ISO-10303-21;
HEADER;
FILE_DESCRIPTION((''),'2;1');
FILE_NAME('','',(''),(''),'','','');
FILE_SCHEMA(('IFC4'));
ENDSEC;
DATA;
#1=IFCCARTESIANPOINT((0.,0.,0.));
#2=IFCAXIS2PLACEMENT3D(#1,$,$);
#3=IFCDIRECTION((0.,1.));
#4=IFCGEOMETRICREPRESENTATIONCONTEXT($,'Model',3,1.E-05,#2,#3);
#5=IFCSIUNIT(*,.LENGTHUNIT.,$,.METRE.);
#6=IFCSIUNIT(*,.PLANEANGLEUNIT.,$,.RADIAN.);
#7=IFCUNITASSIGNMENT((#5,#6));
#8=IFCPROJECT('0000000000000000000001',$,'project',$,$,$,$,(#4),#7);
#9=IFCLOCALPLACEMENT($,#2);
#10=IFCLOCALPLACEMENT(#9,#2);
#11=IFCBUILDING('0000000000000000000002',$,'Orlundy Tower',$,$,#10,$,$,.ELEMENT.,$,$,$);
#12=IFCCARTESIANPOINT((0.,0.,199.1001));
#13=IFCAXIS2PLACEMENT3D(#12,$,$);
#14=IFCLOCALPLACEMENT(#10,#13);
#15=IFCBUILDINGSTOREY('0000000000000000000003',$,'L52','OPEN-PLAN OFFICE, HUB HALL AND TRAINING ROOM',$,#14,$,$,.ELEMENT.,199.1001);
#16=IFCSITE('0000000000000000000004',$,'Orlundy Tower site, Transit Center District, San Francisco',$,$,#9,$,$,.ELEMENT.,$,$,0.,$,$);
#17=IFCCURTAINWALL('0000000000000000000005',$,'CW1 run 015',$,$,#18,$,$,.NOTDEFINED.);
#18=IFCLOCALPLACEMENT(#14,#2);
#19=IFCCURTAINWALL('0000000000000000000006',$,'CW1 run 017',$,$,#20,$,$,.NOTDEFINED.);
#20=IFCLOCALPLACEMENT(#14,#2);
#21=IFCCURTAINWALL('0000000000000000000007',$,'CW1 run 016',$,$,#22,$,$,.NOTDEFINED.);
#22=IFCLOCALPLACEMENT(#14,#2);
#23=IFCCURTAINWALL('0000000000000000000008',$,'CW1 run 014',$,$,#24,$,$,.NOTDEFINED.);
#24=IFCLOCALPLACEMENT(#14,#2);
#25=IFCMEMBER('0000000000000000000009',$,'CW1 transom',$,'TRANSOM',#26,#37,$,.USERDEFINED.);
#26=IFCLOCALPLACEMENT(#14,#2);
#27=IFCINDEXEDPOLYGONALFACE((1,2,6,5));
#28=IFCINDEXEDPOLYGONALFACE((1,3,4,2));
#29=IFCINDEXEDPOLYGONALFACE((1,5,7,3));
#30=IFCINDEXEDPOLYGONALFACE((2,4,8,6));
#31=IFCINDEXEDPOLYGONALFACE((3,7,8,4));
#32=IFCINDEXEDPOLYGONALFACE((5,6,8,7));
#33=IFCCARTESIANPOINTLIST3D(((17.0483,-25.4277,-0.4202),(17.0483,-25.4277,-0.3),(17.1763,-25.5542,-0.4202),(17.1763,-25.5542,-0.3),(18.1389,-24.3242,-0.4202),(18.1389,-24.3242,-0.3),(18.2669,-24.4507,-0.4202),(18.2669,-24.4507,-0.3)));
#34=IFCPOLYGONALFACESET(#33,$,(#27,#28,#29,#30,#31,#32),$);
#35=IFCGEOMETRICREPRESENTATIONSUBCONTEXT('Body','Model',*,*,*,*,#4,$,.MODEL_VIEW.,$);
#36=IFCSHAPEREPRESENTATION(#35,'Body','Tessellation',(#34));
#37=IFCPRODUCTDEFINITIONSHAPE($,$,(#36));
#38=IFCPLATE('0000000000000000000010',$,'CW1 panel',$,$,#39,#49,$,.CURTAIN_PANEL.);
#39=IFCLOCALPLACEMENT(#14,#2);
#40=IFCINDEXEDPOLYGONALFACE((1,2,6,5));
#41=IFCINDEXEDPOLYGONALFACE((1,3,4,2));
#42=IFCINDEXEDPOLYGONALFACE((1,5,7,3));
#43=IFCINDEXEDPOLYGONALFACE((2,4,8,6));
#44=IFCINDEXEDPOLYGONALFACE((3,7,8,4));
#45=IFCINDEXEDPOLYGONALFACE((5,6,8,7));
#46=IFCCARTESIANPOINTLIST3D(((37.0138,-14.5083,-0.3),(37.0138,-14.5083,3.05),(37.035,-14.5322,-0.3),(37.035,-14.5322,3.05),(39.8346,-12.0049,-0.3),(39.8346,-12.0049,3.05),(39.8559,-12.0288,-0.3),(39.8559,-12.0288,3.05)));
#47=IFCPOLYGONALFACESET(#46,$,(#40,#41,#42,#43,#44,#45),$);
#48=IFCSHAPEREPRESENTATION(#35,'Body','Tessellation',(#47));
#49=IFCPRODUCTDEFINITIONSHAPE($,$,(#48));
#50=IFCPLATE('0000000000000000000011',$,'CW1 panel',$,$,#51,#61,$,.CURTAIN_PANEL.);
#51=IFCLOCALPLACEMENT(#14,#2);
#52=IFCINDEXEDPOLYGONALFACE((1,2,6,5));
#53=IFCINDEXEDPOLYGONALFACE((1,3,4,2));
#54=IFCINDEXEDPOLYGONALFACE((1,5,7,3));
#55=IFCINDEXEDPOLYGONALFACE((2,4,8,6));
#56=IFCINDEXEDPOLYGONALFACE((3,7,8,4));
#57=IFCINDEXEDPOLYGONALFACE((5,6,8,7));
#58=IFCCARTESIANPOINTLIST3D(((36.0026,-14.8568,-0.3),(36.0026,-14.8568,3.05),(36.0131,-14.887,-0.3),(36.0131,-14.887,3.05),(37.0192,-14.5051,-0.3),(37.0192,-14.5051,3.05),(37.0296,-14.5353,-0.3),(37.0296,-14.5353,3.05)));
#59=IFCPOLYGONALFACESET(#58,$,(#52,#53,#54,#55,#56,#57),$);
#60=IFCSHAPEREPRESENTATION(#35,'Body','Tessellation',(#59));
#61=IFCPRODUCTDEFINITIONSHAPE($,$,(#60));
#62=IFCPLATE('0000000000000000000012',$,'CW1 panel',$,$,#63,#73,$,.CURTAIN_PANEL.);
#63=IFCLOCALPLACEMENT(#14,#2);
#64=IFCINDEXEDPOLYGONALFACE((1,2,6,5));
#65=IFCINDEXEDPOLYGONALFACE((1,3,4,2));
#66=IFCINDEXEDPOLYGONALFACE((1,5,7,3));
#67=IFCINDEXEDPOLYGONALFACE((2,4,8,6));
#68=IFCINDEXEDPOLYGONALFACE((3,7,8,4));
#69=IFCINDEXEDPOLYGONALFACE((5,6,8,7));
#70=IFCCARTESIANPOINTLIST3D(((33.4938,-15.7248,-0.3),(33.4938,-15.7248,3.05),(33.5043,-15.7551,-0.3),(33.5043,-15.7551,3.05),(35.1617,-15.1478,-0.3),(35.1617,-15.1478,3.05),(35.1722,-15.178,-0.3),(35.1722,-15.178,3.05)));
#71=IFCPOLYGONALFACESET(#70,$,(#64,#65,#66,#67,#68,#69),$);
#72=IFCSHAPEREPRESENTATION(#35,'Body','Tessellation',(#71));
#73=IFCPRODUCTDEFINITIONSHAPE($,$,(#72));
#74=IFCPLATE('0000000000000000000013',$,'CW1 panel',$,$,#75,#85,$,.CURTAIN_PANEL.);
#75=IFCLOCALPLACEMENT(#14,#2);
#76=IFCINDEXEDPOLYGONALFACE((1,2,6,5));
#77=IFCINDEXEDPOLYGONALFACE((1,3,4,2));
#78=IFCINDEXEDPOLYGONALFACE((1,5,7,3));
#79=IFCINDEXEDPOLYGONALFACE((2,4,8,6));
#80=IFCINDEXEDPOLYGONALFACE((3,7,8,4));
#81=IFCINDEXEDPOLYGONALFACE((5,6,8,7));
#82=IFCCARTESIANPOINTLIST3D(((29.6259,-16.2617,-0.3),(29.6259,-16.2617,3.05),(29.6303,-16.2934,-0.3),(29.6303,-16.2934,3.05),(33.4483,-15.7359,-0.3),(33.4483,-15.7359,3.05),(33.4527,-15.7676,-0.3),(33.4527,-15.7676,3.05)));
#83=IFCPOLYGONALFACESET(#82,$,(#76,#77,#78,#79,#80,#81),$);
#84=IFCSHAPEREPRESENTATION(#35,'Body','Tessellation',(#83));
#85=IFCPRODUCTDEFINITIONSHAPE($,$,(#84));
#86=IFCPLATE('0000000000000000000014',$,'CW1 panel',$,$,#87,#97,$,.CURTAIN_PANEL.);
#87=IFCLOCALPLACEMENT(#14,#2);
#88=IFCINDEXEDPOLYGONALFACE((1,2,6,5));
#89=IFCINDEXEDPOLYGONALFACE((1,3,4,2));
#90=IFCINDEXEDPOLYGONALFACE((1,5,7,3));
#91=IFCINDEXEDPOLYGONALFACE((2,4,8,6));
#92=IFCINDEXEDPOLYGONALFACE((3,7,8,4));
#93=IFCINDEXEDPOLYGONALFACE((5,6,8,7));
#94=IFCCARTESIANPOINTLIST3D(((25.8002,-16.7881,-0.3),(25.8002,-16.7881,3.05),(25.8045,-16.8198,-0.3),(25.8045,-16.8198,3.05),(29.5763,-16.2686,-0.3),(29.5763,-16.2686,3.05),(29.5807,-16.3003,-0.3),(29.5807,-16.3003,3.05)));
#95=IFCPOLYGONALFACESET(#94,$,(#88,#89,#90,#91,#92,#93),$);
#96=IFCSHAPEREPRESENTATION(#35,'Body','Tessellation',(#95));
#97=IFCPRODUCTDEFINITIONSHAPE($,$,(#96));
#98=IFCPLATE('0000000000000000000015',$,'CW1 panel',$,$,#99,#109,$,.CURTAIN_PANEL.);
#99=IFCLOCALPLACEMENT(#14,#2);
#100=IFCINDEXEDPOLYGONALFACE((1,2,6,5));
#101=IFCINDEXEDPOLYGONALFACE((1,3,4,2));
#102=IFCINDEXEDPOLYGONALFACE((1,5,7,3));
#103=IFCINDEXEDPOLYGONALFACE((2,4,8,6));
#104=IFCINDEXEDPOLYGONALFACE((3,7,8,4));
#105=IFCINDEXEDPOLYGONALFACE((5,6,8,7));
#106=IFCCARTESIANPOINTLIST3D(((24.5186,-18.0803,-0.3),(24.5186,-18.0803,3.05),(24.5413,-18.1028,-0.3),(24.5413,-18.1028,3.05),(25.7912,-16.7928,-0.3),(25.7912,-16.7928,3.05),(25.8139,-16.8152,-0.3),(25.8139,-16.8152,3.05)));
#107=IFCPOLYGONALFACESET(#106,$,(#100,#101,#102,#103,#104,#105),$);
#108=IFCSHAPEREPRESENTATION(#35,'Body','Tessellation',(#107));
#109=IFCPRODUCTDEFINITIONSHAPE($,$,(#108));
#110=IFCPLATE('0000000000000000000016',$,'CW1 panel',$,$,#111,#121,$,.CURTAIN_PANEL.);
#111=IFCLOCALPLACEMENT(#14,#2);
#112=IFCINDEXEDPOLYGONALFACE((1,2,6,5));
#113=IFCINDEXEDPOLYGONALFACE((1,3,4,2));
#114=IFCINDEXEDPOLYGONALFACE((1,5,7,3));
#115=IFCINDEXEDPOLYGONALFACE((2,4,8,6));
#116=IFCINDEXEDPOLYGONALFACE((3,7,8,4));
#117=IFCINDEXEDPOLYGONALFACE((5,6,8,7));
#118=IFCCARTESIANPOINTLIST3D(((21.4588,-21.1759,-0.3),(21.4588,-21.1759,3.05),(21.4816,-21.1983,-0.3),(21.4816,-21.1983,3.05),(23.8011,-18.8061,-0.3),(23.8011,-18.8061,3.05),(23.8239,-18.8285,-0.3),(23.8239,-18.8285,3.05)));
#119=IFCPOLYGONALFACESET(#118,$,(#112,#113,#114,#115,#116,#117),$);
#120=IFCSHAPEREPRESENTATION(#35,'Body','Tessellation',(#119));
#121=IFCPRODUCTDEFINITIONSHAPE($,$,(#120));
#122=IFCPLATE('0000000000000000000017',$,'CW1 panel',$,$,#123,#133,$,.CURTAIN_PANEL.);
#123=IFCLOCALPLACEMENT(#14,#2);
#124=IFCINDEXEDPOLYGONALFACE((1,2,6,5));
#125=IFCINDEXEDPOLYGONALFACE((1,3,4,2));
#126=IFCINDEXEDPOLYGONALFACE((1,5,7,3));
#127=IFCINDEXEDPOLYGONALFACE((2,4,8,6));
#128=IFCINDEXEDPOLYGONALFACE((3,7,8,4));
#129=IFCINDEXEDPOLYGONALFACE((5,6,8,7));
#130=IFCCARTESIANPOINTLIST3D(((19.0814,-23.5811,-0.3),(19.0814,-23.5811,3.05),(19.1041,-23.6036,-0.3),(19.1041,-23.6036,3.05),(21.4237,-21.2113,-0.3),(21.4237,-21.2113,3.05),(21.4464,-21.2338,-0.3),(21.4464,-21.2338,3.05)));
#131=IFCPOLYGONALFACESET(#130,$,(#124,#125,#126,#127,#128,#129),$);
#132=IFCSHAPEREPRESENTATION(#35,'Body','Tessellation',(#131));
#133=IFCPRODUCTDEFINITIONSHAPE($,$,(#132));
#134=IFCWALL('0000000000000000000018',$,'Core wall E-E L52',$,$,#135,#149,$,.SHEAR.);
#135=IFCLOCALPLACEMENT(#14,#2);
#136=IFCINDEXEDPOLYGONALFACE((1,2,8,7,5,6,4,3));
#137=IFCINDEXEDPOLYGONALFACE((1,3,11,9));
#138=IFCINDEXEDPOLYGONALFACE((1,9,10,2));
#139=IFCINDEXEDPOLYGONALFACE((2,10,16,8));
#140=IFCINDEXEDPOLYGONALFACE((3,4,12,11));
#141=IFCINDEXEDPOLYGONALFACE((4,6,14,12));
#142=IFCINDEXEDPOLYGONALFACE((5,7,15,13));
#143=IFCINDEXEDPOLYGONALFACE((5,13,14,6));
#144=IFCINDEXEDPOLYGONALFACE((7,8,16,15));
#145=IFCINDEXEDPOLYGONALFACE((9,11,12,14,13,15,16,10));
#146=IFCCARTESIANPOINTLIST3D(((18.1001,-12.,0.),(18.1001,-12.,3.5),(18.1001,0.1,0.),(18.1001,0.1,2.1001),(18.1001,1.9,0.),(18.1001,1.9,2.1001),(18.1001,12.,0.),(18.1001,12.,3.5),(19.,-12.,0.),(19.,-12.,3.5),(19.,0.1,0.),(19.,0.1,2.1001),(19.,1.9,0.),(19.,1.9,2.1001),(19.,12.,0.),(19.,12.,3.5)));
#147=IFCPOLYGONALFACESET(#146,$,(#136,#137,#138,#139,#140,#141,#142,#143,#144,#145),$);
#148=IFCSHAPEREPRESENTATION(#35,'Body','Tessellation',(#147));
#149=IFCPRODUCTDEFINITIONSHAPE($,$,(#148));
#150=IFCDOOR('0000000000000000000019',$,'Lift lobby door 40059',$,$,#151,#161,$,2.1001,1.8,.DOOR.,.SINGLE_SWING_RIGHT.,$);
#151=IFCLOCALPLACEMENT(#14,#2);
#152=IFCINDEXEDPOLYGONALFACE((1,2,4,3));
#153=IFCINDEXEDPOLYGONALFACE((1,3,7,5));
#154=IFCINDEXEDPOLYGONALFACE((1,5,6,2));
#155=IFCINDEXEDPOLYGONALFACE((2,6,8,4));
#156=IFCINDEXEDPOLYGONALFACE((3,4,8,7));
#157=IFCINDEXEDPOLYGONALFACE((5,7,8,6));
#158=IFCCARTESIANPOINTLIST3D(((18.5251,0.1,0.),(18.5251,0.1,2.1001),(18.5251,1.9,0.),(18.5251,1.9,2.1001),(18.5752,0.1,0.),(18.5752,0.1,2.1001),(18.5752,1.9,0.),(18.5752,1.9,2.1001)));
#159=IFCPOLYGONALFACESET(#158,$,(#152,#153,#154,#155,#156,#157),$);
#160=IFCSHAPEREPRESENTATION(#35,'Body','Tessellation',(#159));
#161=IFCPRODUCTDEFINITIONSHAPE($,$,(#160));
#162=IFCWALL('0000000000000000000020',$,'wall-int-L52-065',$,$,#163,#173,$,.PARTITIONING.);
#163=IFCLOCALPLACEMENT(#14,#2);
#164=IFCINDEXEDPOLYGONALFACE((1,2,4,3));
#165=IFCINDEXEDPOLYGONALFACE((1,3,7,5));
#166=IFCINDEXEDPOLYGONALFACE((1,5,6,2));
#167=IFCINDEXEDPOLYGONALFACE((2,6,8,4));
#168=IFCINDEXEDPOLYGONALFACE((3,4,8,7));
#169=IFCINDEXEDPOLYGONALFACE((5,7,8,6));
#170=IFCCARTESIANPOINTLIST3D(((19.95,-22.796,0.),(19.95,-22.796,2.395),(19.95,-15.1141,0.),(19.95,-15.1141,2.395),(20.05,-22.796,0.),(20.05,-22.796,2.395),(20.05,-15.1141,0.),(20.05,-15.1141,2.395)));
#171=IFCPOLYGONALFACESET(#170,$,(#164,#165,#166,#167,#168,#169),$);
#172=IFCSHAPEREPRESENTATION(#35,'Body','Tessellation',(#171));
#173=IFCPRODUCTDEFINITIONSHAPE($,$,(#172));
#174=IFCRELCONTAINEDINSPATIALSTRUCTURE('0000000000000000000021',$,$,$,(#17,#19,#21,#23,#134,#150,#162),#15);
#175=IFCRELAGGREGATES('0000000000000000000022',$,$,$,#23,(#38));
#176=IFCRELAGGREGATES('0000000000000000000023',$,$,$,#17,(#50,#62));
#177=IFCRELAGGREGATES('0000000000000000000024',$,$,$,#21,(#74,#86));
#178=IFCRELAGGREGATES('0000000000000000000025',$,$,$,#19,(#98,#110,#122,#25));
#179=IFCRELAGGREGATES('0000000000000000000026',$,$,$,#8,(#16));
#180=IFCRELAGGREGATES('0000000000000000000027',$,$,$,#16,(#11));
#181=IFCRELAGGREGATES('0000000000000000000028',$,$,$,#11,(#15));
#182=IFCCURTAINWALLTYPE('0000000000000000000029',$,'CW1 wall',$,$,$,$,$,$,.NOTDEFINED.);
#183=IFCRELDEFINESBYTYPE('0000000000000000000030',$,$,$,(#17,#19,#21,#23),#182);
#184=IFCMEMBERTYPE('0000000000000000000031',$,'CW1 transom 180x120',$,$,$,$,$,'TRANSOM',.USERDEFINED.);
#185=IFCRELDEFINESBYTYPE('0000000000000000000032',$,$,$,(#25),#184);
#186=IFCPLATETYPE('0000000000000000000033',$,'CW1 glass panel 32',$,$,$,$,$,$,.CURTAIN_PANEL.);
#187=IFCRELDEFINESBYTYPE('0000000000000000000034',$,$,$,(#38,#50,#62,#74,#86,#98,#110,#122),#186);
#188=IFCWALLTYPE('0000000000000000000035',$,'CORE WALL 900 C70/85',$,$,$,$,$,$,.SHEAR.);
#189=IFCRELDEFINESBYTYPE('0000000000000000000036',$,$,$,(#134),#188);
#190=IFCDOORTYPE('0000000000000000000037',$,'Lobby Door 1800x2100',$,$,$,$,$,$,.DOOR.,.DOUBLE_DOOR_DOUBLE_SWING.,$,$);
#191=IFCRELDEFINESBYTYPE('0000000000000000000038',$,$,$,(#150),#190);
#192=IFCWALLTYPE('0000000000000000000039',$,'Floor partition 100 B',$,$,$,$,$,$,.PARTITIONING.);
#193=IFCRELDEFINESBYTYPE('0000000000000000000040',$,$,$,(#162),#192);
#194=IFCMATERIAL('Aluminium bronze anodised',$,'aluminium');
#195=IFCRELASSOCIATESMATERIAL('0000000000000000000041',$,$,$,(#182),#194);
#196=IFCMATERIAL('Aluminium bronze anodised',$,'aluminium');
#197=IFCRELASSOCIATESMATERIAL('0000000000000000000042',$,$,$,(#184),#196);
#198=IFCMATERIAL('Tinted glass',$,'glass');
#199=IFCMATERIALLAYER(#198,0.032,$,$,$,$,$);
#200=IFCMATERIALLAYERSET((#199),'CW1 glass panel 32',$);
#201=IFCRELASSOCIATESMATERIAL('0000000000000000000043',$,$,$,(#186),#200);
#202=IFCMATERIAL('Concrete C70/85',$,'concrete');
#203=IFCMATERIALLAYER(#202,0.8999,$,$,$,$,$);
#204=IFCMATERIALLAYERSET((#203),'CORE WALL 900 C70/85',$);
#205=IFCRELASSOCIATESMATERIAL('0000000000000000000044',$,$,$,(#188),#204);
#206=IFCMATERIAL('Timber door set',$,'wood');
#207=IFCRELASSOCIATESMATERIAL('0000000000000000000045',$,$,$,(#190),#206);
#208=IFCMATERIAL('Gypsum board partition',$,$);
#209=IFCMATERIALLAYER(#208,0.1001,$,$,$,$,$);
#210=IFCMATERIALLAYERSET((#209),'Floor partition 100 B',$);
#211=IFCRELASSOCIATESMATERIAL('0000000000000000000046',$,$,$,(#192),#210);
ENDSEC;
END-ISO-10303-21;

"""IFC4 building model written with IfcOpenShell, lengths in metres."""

from ifc_helpers import new_model, si_unit, direction, frame, frame_2d, origin, origin_2d, place, context, subcontext, project, spatial, rectangle, extrude, material, layer, layer_set, material_profile, profile_set, type_object, element, fill, aggregate, save


model = new_model("IFC4")

# Units and contexts
model_context = context("Model", 3, precision=1e-05, world=origin(), true_north=direction((0.0, 1.0)))
body_context = subcontext(model_context, "Body", "Model", "MODEL_VIEW")
ifc_project = project(units=[si_unit("LENGTHUNIT", "METRE"), si_unit("PLANEANGLEUNIT", "RADIAN")], contexts=[model_context])

# Site, building, storey
site_placement = place(None, origin())
site = spatial("IfcSite", under=ifc_project, at=site_placement, Name="Orlundy Tower site, Transit Center District, San Francisco", CompositionType="ELEMENT", RefElevation=0.0)
building_placement = place(site_placement, origin())
building = spatial("IfcBuilding", under=site, at=building_placement, Name="Orlundy Tower", CompositionType="ELEMENT")
storey_placement = place(building_placement, frame((0.0, 0.0, 199.1001)))
storey = spatial("IfcBuildingStorey", under=building, at=storey_placement, Name="L52", Description="OPEN-PLAN OFFICE, HUB HALL AND TRAINING ROOM", CompositionType="ELEMENT", Elevation=199.1001)

# Curtain walls
ifc_material_1 = material(Name="Aluminium bronze anodised", Category="aluminium")
curtain_wall_type = type_object("IfcCurtainWallType", Name="CW1 wall", PredefinedType="NOTDEFINED", material=ifc_material_1)
curtain_wall_1_placement = place(storey_placement, origin())
curtain_wall_1 = element("IfcCurtainWall", 1, at=curtain_wall_1_placement, inside=storey, type_object=curtain_wall_type, Name="CW1 run 015", PredefinedType="NOTDEFINED")
curtain_wall_2_placement = place(storey_placement, origin())
curtain_wall_2 = element("IfcCurtainWall", 2, at=curtain_wall_2_placement, inside=storey, type_object=curtain_wall_type, Name="CW1 run 017", PredefinedType="NOTDEFINED")

# Curtain wall
curtain_wall_3_placement = place(storey_placement, origin())
curtain_wall_3 = element("IfcCurtainWall", 3, at=curtain_wall_3_placement, inside=storey, type_object=curtain_wall_type, Name="CW1 run 016", PredefinedType="NOTDEFINED")

# Curtain wall
curtain_wall_4_placement = place(storey_placement, origin())
curtain_wall_4 = element("IfcCurtainWall", 4, at=curtain_wall_4_placement, inside=storey, type_object=curtain_wall_type, Name="CW1 run 014", PredefinedType="NOTDEFINED")
ifc_material_2 = material(Name="Aluminium bronze anodised", Category="aluminium")
ifc_material_profile_1 = material_profile(ifc_material_2, rectangle(XDim=0.1799, YDim=0.1201, at=origin_2d()), Name="CW1 transom 180x120")
ifc_profile_set_1 = profile_set([ifc_material_profile_1], Name="Aluminium bronze anodised")
member_type_1 = type_object("IfcMemberType", Name="CW1 transom 180x120", ElementType="TRANSOM", PredefinedType="USERDEFINED", material=ifc_profile_set_1)

# Member
member_1_placement = place(storey_placement, frame((18.2029, -24.3875, -0.3601), z_axis=(-0.702924, -0.711265, 0.0), x_axis=(0.711265, -0.702924, 0.0)))
member_1 = element("IfcMember", 5, at=member_1_placement, type_object=member_type_1, Name="CW1 transom", ObjectType="TRANSOM", PredefinedType="USERDEFINED", context=body_context, shape_type="SweptSolid", body=[
    extrude(rectangle(XDim=0.1799, YDim=0.1201, at=origin_2d()), origin(), (0.0, 0.0, 1.0), 1.5515),
])

# Plates
ifc_material_3 = material(Name="Tinted glass", Category="glass")
ifc_layer_1 = layer(ifc_material_3, 0.032)
ifc_layer_set_1 = layer_set([ifc_layer_1], Name="CW1 glass panel 32")
plate_type = type_object("IfcPlateType", Name="CW1 glass panel 32", PredefinedType="CURTAIN_PANEL", material=ifc_layer_set_1)
plate_1_placement = place(storey_placement, frame((38.4348, -13.2686, -0.3), z_axis=(0.0, 0.0, 1.0), x_axis=(-0.747945, -0.663761, 0.0)))
plate_1 = element("IfcPlate", 6, at=plate_1_placement, type_object=plate_type, Name="CW1 panel", PredefinedType="CURTAIN_PANEL", context=body_context, shape_type="SweptSolid", body=[
    extrude(rectangle(XDim=3.7715, YDim=0.032, at=origin_2d()), origin(), (0.0, 0.0, 1.0), 3.3501),
])
aggregate(curtain_wall_4, [plate_1])
plate_2_placement = place(storey_placement, frame((36.5161, -14.696, -0.3), z_axis=(0.0, 0.0, 1.0), x_axis=(-0.945034, -0.326972, 0.0)))
plate_2 = element("IfcPlate", 7, at=plate_2_placement, type_object=plate_type, Name="CW1 panel", PredefinedType="CURTAIN_PANEL", context=body_context, shape_type="SweptSolid", body=[
    extrude(rectangle(XDim=1.0757, YDim=0.032, at=origin_2d()), origin(), (0.0, 0.0, 1.0), 3.3501),
])
plate_3_placement = place(storey_placement, frame((34.333, -15.4514, -0.3), z_axis=(0.0, 0.0, 1.0), x_axis=(-0.945034, -0.326972, 0.0)))
plate_3 = element("IfcPlate", 8, at=plate_3_placement, type_object=plate_type, Name="CW1 panel", PredefinedType="CURTAIN_PANEL", context=body_context, shape_type="SweptSolid", body=[
    extrude(rectangle(XDim=1.7649, YDim=0.032, at=origin_2d()), origin(), (0.0, 0.0, 1.0), 3.3501),
])
aggregate(curtain_wall_1, [plate_2, plate_3])
plate_4_placement = place(storey_placement, frame((31.5393, -16.0146, -0.3), z_axis=(0.0, 0.0, 1.0), x_axis=(-0.990668, -0.136294, 0.0)))
plate_4 = element("IfcPlate", 9, at=plate_4_placement, type_object=plate_type, Name="CW1 panel", PredefinedType="CURTAIN_PANEL", context=body_context, shape_type="SweptSolid", body=[
    extrude(rectangle(XDim=3.8584, YDim=0.032, at=origin_2d()), origin(), (0.0, 0.0, 1.0), 3.3501),
])
plate_5_placement = place(storey_placement, frame((27.6904, -16.5442, -0.3), z_axis=(0.0, 0.0, 1.0), x_axis=(-0.990668, -0.136294, 0.0)))
plate_5 = element("IfcPlate", 10, at=plate_5_placement, type_object=plate_type, Name="CW1 panel", PredefinedType="CURTAIN_PANEL", context=body_context, shape_type="SweptSolid", body=[
    extrude(rectangle(XDim=3.8118, YDim=0.032, at=origin_2d()), origin(), (0.0, 0.0, 1.0), 3.3501),
])
aggregate(curtain_wall_3, [plate_4, plate_5])
plate_6_placement = place(storey_placement, frame((25.1663, -17.4478, -0.3), z_axis=(0.0, 0.0, 1.0), x_axis=(-0.70297, -0.711219, 0.0)))
plate_6 = element("IfcPlate", 11, at=plate_6_placement, type_object=plate_type, Name="CW1 panel", PredefinedType="CURTAIN_PANEL", context=body_context, shape_type="SweptSolid", body=[
    extrude(rectangle(XDim=1.8103, YDim=0.032, at=origin_2d()), origin(), (0.0, 0.0, 1.0), 3.3501),
])
plate_7_placement = place(storey_placement, frame((22.6414, -20.0022, -0.3), z_axis=(0.0, 0.0, 1.0), x_axis=(-0.70297, -0.711219, 0.0)))
plate_7 = element("IfcPlate", 12, at=plate_7_placement, type_object=plate_type, Name="CW1 panel", PredefinedType="CURTAIN_PANEL", context=body_context, shape_type="SweptSolid", body=[
    extrude(rectangle(XDim=3.332, YDim=0.032, at=origin_2d()), origin(), (0.0, 0.0, 1.0), 3.3501),
])
plate_8_placement = place(storey_placement, frame((20.2639, -22.4075, -0.3), z_axis=(0.0, 0.0, 1.0), x_axis=(-0.70297, -0.711219, 0.0)))
plate_8 = element("IfcPlate", 13, at=plate_8_placement, type_object=plate_type, Name="CW1 panel", PredefinedType="CURTAIN_PANEL", context=body_context, shape_type="SweptSolid", body=[
    extrude(rectangle(XDim=3.332, YDim=0.032, at=origin_2d()), origin(), (0.0, 0.0, 1.0), 3.3501),
])
aggregate(curtain_wall_2, [plate_6, plate_7, plate_8, member_1])

# Wall, opening, door
ifc_material_4 = material(Name="Concrete C70/85", Category="concrete")
ifc_layer_2 = layer(ifc_material_4, 0.8999)
ifc_layer_set_2 = layer_set([ifc_layer_2], Name="CORE WALL 900 C70/85")
wall_type_1 = type_object("IfcWallType", Name="CORE WALL 900 C70/85", PredefinedType="SHEAR", material=ifc_layer_set_2)
wall_1_placement = place(storey_placement, frame((18.55, -12.0, 0.0), z_axis=(0.0, 0.0, 1.0), x_axis=(0.0, 1.0, 0.0)))
wall_1 = element("IfcWall", 14, at=wall_1_placement, inside=storey, type_object=wall_type_1, Name="Core wall E-E L52", PredefinedType="SHEAR", context=body_context, shape_type="SweptSolid", body=[
    extrude(rectangle(XDim=24.0, YDim=0.8999, at=frame_2d((12.0, 0.0))), origin(), (0.0, 0.0, 1.0), 3.5),
])
opening_placement = place(wall_1_placement, frame((12.1001, 0.0, 0.0)))
opening = element("IfcOpeningElement", 15, at=opening_placement, cuts=wall_1, PredefinedType="OPENING", context=body_context, shape_type="SweptSolid", body=[
    extrude(rectangle(XDim=1.8, YDim=2.1001, at=frame_2d((0.8999, 1.05))), frame((0.0, 0.46, 0.0), z_axis=(0.0, -1.0, 0.0), x_axis=(1.0, 0.0, 0.0)), (0.0, 0.0, 1.0), 0.9199),
])
ifc_material_5 = material(Name="Timber door set", Category="wood")
door_type = type_object("IfcDoorType", Name="Lobby Door 1800x2100", OperationType="DOUBLE_DOOR_DOUBLE_SWING", PredefinedType="DOOR", material=ifc_material_5)
door_placement = place(opening_placement, origin())
door = element("IfcDoor", 16, at=door_placement, inside=storey, type_object=door_type, Name="Lift lobby door 40059", OperationType="SINGLE_SWING_RIGHT", OverallHeight=2.1001, OverallWidth=1.8, PredefinedType="DOOR", context=body_context, shape_type="SweptSolid", body=[
    extrude(rectangle(XDim=1.8, YDim=2.1001, at=frame_2d((0.8999, 1.05))), frame((0.0, 0.0249, 0.0), z_axis=(0.0, -1.0, 0.0), x_axis=(1.0, 0.0, 0.0)), (0.0, 0.0, 1.0), 0.05),
])
fill(opening, door)

# Wall
ifc_material_6 = material(Name="Gypsum board partition")
ifc_layer_3 = layer(ifc_material_6, 0.1001)
ifc_layer_set_3 = layer_set([ifc_layer_3], Name="Floor partition 100 B")
wall_type_2 = type_object("IfcWallType", Name="Floor partition 100 B", PredefinedType="PARTITIONING", material=ifc_layer_set_3)
wall_2_placement = place(storey_placement, frame((20.0, -22.7959, 0.0), z_axis=(0.0, 0.0, 1.0), x_axis=(0.0, 1.0, 0.0)))
element("IfcWall", 17, at=wall_2_placement, inside=storey, type_object=wall_type_2, Name="wall-int-L52-065", PredefinedType="PARTITIONING", context=body_context, shape_type="SweptSolid", body=[
    extrude(rectangle(XDim=7.6819, YDim=0.1001, at=frame_2d((3.8408, 0.0))), origin(), (0.0, 0.0, 1.0), 2.395),
])

save(model, "model.ifc")
